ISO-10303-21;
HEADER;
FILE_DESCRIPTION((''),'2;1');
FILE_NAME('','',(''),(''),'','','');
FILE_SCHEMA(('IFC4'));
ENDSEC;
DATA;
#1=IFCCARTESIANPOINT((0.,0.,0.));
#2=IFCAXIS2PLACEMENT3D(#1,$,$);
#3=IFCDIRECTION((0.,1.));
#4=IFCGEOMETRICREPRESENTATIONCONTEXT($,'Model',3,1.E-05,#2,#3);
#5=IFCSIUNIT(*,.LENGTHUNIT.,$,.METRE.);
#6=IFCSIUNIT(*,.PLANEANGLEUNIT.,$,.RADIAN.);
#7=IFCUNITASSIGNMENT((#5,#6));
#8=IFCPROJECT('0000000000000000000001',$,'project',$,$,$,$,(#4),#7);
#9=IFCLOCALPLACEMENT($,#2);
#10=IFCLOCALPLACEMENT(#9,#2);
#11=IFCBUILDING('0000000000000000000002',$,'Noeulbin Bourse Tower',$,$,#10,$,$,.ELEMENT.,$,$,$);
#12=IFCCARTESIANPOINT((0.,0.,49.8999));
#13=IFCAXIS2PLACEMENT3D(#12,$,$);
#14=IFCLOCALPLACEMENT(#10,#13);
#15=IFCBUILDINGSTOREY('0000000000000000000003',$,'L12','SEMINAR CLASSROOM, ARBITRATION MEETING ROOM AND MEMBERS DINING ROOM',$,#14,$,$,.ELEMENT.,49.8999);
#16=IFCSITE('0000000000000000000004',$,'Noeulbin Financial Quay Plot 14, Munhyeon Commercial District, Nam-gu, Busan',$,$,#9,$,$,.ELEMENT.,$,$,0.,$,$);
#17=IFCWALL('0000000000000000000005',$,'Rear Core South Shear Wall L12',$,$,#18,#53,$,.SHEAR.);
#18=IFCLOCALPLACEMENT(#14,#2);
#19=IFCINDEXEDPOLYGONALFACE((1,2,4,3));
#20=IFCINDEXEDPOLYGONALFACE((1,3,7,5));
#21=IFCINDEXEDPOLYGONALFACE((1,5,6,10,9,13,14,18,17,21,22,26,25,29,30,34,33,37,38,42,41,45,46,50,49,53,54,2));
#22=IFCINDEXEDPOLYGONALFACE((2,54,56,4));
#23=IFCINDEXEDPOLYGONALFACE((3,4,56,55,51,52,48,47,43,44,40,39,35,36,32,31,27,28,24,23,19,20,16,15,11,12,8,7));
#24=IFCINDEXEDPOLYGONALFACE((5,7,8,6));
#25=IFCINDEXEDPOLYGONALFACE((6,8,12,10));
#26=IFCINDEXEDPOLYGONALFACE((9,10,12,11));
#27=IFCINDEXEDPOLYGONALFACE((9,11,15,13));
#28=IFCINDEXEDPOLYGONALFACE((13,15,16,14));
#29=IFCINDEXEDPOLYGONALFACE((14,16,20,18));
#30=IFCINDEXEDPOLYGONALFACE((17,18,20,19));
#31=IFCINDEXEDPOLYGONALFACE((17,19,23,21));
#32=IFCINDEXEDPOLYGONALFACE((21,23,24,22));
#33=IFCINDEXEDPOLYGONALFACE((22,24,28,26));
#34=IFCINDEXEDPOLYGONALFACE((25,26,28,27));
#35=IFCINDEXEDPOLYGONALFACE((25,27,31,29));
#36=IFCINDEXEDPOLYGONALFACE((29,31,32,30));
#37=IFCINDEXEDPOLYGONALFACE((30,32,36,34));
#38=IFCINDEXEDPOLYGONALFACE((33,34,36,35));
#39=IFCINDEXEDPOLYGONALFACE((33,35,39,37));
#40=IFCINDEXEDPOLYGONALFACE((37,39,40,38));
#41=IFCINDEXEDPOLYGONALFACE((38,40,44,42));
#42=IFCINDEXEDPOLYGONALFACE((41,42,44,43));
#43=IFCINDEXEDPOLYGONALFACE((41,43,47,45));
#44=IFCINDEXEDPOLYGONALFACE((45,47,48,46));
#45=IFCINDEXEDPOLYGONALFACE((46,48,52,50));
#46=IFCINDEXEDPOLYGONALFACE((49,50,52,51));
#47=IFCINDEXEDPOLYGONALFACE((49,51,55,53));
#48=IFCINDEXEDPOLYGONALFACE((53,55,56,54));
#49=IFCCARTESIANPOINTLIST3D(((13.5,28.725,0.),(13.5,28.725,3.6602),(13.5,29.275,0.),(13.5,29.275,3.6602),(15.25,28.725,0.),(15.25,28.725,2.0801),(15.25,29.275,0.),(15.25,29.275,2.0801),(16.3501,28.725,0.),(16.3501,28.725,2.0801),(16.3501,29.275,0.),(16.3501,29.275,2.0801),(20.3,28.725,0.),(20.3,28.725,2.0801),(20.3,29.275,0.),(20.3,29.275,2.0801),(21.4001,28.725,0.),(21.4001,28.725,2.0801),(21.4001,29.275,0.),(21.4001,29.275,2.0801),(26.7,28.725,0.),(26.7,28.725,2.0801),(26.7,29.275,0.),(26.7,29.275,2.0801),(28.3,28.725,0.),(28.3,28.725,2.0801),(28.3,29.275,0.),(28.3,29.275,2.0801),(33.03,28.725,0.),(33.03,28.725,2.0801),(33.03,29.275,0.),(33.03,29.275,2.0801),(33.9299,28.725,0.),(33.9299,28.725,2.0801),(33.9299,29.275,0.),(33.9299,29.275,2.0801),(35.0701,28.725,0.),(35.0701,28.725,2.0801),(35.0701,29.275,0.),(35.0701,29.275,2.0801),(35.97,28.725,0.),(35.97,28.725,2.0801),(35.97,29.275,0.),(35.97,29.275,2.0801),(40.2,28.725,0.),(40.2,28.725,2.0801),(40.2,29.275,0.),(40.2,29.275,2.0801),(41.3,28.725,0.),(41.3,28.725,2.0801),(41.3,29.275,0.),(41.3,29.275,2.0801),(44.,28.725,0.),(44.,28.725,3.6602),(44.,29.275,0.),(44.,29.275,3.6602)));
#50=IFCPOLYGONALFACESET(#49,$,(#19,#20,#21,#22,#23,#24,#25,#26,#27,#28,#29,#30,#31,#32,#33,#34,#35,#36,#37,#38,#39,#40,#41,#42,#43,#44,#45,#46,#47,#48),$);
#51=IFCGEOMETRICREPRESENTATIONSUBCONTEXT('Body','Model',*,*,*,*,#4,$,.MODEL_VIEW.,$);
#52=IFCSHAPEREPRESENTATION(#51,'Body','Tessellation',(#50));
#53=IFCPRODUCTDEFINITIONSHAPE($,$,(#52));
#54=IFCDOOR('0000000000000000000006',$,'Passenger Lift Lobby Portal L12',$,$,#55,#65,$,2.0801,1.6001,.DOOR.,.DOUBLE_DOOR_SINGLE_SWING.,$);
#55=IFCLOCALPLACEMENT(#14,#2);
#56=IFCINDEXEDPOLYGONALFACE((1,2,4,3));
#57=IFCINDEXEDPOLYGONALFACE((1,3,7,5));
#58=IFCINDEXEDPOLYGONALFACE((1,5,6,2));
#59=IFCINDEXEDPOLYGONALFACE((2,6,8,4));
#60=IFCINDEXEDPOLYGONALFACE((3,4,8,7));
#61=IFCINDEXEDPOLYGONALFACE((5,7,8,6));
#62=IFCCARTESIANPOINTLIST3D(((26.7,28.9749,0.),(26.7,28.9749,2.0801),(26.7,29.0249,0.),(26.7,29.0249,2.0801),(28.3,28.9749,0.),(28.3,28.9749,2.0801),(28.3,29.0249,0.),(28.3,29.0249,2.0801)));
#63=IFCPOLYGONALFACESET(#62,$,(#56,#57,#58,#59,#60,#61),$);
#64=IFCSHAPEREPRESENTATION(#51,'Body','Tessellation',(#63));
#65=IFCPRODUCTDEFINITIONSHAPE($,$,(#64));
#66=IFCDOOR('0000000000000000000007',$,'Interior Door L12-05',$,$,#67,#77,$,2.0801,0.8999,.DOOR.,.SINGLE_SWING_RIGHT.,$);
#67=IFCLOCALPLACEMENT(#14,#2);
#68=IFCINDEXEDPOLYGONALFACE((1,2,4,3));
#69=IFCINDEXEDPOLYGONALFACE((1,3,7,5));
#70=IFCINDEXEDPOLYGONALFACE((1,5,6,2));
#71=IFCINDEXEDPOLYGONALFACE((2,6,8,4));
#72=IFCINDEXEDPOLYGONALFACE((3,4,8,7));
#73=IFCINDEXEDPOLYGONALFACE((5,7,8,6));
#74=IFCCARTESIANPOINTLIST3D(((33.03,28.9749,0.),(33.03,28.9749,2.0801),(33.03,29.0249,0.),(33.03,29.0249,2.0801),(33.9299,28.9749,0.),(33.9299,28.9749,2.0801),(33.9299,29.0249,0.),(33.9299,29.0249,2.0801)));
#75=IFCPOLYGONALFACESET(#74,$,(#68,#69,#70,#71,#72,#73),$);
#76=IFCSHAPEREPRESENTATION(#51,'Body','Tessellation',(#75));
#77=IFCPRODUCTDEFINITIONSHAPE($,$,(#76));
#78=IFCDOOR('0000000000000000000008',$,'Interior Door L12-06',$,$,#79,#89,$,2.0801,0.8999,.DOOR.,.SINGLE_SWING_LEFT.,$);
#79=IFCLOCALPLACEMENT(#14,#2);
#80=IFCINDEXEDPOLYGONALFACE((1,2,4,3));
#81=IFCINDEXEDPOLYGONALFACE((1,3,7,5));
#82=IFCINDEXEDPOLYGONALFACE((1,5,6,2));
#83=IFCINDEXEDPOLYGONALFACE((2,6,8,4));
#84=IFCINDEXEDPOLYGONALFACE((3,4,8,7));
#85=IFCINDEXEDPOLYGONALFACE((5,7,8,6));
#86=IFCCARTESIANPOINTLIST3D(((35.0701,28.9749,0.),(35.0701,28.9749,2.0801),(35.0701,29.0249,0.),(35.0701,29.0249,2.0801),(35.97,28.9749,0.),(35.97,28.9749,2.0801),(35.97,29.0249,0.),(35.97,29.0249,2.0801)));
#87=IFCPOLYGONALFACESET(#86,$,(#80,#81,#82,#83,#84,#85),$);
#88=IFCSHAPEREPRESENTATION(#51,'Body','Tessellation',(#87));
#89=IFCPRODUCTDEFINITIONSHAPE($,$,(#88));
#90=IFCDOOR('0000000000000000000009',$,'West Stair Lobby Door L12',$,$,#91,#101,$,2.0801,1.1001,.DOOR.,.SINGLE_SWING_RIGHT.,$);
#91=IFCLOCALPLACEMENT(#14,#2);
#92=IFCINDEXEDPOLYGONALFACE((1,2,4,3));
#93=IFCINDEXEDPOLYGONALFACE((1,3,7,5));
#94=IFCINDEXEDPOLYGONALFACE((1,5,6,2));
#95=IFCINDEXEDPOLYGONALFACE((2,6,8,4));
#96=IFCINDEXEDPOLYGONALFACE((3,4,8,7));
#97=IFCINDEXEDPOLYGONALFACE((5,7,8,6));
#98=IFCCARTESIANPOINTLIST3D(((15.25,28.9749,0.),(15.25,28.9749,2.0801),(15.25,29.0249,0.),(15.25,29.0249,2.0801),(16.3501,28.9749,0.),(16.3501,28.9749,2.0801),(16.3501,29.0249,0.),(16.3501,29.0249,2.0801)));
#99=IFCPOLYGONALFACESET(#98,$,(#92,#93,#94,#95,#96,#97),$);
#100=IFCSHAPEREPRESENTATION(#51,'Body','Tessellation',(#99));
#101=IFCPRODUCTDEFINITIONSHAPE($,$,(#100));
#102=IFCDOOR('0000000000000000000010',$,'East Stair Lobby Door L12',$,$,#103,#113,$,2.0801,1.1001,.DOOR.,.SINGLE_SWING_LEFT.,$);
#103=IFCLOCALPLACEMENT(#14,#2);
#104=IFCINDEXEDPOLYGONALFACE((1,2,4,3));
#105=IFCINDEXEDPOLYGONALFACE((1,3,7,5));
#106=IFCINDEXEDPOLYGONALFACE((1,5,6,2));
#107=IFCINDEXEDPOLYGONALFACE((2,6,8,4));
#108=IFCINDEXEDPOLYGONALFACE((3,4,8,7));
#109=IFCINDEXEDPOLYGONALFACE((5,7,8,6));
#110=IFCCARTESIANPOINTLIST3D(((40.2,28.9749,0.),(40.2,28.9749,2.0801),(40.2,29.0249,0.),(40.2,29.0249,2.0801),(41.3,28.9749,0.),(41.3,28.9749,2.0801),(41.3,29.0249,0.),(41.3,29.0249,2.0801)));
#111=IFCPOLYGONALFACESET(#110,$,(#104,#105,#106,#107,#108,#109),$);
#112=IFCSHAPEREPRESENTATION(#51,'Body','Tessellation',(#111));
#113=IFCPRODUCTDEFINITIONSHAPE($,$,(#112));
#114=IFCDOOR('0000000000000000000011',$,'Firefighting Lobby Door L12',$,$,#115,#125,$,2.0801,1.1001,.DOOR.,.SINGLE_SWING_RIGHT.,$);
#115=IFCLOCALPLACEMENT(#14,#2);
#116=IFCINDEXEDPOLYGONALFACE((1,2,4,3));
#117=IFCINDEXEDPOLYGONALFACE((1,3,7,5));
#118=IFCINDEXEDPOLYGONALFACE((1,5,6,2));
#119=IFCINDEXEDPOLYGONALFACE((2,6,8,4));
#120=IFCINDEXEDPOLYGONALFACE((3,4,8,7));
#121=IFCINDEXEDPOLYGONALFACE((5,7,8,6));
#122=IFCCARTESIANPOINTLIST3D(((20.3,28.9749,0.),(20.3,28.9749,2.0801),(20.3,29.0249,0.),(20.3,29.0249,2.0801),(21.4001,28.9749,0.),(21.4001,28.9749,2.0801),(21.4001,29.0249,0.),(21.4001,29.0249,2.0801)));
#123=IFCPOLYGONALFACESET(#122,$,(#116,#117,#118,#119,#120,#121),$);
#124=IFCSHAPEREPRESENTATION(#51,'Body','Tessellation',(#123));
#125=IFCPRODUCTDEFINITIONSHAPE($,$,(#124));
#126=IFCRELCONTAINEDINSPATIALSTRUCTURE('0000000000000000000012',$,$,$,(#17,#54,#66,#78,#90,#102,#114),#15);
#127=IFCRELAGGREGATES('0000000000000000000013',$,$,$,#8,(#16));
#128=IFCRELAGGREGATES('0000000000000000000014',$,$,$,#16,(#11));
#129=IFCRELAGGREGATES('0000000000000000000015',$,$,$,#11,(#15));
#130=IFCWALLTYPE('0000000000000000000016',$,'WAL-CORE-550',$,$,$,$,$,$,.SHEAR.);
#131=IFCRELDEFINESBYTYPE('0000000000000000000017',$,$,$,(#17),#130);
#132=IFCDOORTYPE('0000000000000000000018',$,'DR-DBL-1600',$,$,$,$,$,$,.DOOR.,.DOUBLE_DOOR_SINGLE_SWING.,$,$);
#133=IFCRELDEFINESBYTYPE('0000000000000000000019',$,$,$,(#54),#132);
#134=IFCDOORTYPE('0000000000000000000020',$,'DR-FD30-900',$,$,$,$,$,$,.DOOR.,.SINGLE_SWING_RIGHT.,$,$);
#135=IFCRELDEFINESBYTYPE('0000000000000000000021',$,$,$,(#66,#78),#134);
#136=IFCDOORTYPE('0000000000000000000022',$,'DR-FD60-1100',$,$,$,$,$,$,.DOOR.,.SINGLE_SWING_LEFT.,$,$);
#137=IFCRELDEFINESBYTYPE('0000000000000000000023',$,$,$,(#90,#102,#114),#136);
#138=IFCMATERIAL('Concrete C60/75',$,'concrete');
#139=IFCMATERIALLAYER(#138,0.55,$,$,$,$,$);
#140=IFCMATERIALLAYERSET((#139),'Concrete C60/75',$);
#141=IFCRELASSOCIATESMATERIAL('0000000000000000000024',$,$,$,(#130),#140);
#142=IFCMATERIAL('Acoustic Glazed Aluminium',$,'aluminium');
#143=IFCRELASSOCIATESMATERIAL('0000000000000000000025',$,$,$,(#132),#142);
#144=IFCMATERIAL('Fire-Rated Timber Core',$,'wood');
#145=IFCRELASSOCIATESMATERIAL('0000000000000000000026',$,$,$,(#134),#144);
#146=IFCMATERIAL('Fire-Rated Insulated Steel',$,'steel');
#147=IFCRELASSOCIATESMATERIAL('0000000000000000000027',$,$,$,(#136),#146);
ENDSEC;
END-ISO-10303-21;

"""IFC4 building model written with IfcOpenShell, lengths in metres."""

from ifc_helpers import new_model, si_unit, direction, frame, frame_2d, origin, place, context, subcontext, project, spatial, rectangle, extrude, material, layer, layer_set, type_object, element, fill, save


model = new_model("IFC4")

# Units and contexts
model_context = context("Model", 3, precision=1e-05, world=origin(), true_north=direction((0.0, 1.0)))
body_context = subcontext(model_context, "Body", "Model", "MODEL_VIEW")
ifc_project = project(units=[si_unit("LENGTHUNIT", "METRE"), si_unit("PLANEANGLEUNIT", "RADIAN")], contexts=[model_context])

# Site, building, storey
site_placement = place(None, origin())
site = spatial("IfcSite", under=ifc_project, at=site_placement, Name="Noeulbin Financial Quay Plot 14, Munhyeon Commercial District, Nam-gu, Busan", CompositionType="ELEMENT", RefElevation=0.0)
building_placement = place(site_placement, origin())
building = spatial("IfcBuilding", under=site, at=building_placement, Name="Noeulbin Bourse Tower", CompositionType="ELEMENT")
storey_placement = place(building_placement, frame((0.0, 0.0, 49.8999)))
storey = spatial("IfcBuildingStorey", under=building, at=storey_placement, Name="L12", Description="SEMINAR CLASSROOM, ARBITRATION MEETING ROOM AND MEMBERS DINING ROOM", CompositionType="ELEMENT", Elevation=49.8999)

# Wall, openings, doors
ifc_material_1 = material(Name="Concrete C60/75", Category="concrete")
ifc_layer_1 = layer(ifc_material_1, 0.55)
ifc_layer_set_1 = layer_set([ifc_layer_1], Name="Concrete C60/75")
wall_type_1 = type_object("IfcWallType", Name="WAL-CORE-550", PredefinedType="SHEAR", material=ifc_layer_set_1)
wall_1_placement = place(storey_placement, frame((13.5, 29.0, 0.0), z_axis=(0.0, 0.0, 1.0), x_axis=(1.0, 0.0, 0.0)))
wall_1 = element("IfcWall", 1, at=wall_1_placement, inside=storey, type_object=wall_type_1, Name="Rear Core South Shear Wall L12", PredefinedType="SHEAR", context=body_context, shape_type="SweptSolid", body=[
    extrude(rectangle(XDim=30.5, YDim=0.55, at=frame_2d((15.25, 0.0))), origin(), (0.0, 0.0, 1.0), 3.6602),
])
opening_1_placement = place(wall_1_placement, frame((1.75, 0.0, 0.0)))
opening_1 = element("IfcOpeningElement", 2, at=opening_1_placement, cuts=wall_1, PredefinedType="OPENING", context=body_context, shape_type="SweptSolid", body=[
    extrude(rectangle(XDim=1.1001, YDim=2.0801, at=frame_2d((0.55, 1.04))), frame((0.0, 0.2849, 0.0), z_axis=(0.0, -1.0, 0.0), x_axis=(1.0, 0.0, 0.0)), (0.0, 0.0, 1.0), 0.5701),
])
opening_2_placement = place(wall_1_placement, frame((26.7, 0.0, 0.0)))
opening_2 = element("IfcOpeningElement", 3, at=opening_2_placement, cuts=wall_1, PredefinedType="OPENING", context=body_context, shape_type="SweptSolid", body=[
    extrude(rectangle(XDim=1.1001, YDim=2.0801, at=frame_2d((0.55, 1.04))), frame((0.0, 0.2849, 0.0), z_axis=(0.0, -1.0, 0.0), x_axis=(1.0, 0.0, 0.0)), (0.0, 0.0, 1.0), 0.5701),
])
opening_3_placement = place(wall_1_placement, frame((6.8, 0.0, 0.0)))
opening_3 = element("IfcOpeningElement", 4, at=opening_3_placement, cuts=wall_1, PredefinedType="OPENING", context=body_context, shape_type="SweptSolid", body=[
    extrude(rectangle(XDim=1.1001, YDim=2.0801, at=frame_2d((0.55, 1.04))), frame((0.0, 0.2849, 0.0), z_axis=(0.0, -1.0, 0.0), x_axis=(1.0, 0.0, 0.0)), (0.0, 0.0, 1.0), 0.5701),
])
opening_4_placement = place(wall_1_placement, frame((13.2, 0.0, 0.0)))
opening_4 = element("IfcOpeningElement", 5, at=opening_4_placement, cuts=wall_1, PredefinedType="OPENING", context=body_context, shape_type="SweptSolid", body=[
    extrude(rectangle(XDim=1.6001, YDim=2.0801, at=frame_2d((0.8, 1.04))), frame((0.0, 0.2849, 0.0), z_axis=(0.0, -1.0, 0.0), x_axis=(1.0, 0.0, 0.0)), (0.0, 0.0, 1.0), 0.5701),
])
opening_5_placement = place(wall_1_placement, frame((19.53, 0.0, 0.0)))
opening_5 = element("IfcOpeningElement", 6, at=opening_5_placement, cuts=wall_1, PredefinedType="OPENING", context=body_context, shape_type="SweptSolid", body=[
    extrude(rectangle(XDim=0.8999, YDim=2.0801, at=frame_2d((0.45, 1.04))), frame((0.0, 0.2849, 0.0), z_axis=(0.0, -1.0, 0.0), x_axis=(1.0, 0.0, 0.0)), (0.0, 0.0, 1.0), 0.5701),
])
opening_6_placement = place(wall_1_placement, frame((21.5701, 0.0, 0.0)))
opening_6 = element("IfcOpeningElement", 7, at=opening_6_placement, cuts=wall_1, PredefinedType="OPENING", context=body_context, shape_type="SweptSolid", body=[
    extrude(rectangle(XDim=0.8999, YDim=2.0801, at=frame_2d((0.45, 1.04))), frame((0.0, 0.2849, 0.0), z_axis=(0.0, -1.0, 0.0), x_axis=(1.0, 0.0, 0.0)), (0.0, 0.0, 1.0), 0.5701),
])
ifc_material_2 = material(Name="Acoustic Glazed Aluminium", Category="aluminium")
door_type_1 = type_object("IfcDoorType", Name="DR-DBL-1600", OperationType="DOUBLE_DOOR_SINGLE_SWING", PredefinedType="DOOR", material=ifc_material_2)
door_1_placement = place(opening_4_placement, origin())
door_1 = element("IfcDoor", 8, at=door_1_placement, inside=storey, type_object=door_type_1, Name="Passenger Lift Lobby Portal L12", OperationType="DOUBLE_DOOR_SINGLE_SWING", OverallHeight=2.0801, OverallWidth=1.6001, PredefinedType="DOOR", context=body_context, shape_type="SweptSolid", body=[
    extrude(rectangle(XDim=1.6001, YDim=2.0801, at=frame_2d((0.8, 1.04))), frame((0.0, 0.0249, 0.0), z_axis=(0.0, -1.0, 0.0), x_axis=(1.0, 0.0, 0.0)), (0.0, 0.0, 1.0), 0.05),
])
fill(opening_4, door_1)
ifc_material_3 = material(Name="Fire-Rated Timber Core", Category="wood")
door_type_2 = type_object("IfcDoorType", Name="DR-FD30-900", OperationType="SINGLE_SWING_RIGHT", PredefinedType="DOOR", material=ifc_material_3)
door_2_placement = place(opening_5_placement, origin())
door_2 = element("IfcDoor", 9, at=door_2_placement, inside=storey, type_object=door_type_2, Name="Interior Door L12-05", OperationType="SINGLE_SWING_RIGHT", OverallHeight=2.0801, OverallWidth=0.8999, PredefinedType="DOOR", context=body_context, shape_type="SweptSolid", body=[
    extrude(rectangle(XDim=0.8999, YDim=2.0801, at=frame_2d((0.45, 1.04))), frame((0.0, 0.0249, 0.0), z_axis=(0.0, -1.0, 0.0), x_axis=(1.0, 0.0, 0.0)), (0.0, 0.0, 1.0), 0.05),
])
fill(opening_5, door_2)
door_3_placement = place(opening_6_placement, origin())
door_3 = element("IfcDoor", 10, at=door_3_placement, inside=storey, type_object=door_type_2, Name="Interior Door L12-06", OperationType="SINGLE_SWING_LEFT", OverallHeight=2.0801, OverallWidth=0.8999, PredefinedType="DOOR", context=body_context, shape_type="SweptSolid", body=[
    extrude(rectangle(XDim=0.8999, YDim=2.0801, at=frame_2d((0.45, 1.04))), frame((0.0, 0.0249, 0.0), z_axis=(0.0, -1.0, 0.0), x_axis=(1.0, 0.0, 0.0)), (0.0, 0.0, 1.0), 0.05),
])
fill(opening_6, door_3)
ifc_material_4 = material(Name="Fire-Rated Insulated Steel", Category="steel")
door_type_3 = type_object("IfcDoorType", Name="DR-FD60-1100", OperationType="SINGLE_SWING_LEFT", PredefinedType="DOOR", material=ifc_material_4)
door_4_placement = place(opening_1_placement, origin())
door_4 = element("IfcDoor", 11, at=door_4_placement, inside=storey, type_object=door_type_3, Name="West Stair Lobby Door L12", OperationType="SINGLE_SWING_RIGHT", OverallHeight=2.0801, OverallWidth=1.1001, PredefinedType="DOOR", context=body_context, shape_type="SweptSolid", body=[
    extrude(rectangle(XDim=1.1001, YDim=2.0801, at=frame_2d((0.55, 1.04))), frame((0.0, 0.0249, 0.0), z_axis=(0.0, -1.0, 0.0), x_axis=(1.0, 0.0, 0.0)), (0.0, 0.0, 1.0), 0.05),
])
fill(opening_1, door_4)
door_5_placement = place(opening_2_placement, origin())
door_5 = element("IfcDoor", 12, at=door_5_placement, inside=storey, type_object=door_type_3, Name="East Stair Lobby Door L12", OperationType="SINGLE_SWING_LEFT", OverallHeight=2.0801, OverallWidth=1.1001, PredefinedType="DOOR", context=body_context, shape_type="SweptSolid", body=[
    extrude(rectangle(XDim=1.1001, YDim=2.0801, at=frame_2d((0.55, 1.04))), frame((0.0, 0.0249, 0.0), z_axis=(0.0, -1.0, 0.0), x_axis=(1.0, 0.0, 0.0)), (0.0, 0.0, 1.0), 0.05),
])
fill(opening_2, door_5)
door_6_placement = place(opening_3_placement, origin())
door_6 = element("IfcDoor", 13, at=door_6_placement, inside=storey, type_object=door_type_3, Name="Firefighting Lobby Door L12", OperationType="SINGLE_SWING_RIGHT", OverallHeight=2.0801, OverallWidth=1.1001, PredefinedType="DOOR", context=body_context, shape_type="SweptSolid", body=[
    extrude(rectangle(XDim=1.1001, YDim=2.0801, at=frame_2d((0.55, 1.04))), frame((0.0, 0.0249, 0.0), z_axis=(0.0, -1.0, 0.0), x_axis=(1.0, 0.0, 0.0)), (0.0, 0.0, 1.0), 0.05),
])
fill(opening_3, door_6)

save(model, "model.ifc")
